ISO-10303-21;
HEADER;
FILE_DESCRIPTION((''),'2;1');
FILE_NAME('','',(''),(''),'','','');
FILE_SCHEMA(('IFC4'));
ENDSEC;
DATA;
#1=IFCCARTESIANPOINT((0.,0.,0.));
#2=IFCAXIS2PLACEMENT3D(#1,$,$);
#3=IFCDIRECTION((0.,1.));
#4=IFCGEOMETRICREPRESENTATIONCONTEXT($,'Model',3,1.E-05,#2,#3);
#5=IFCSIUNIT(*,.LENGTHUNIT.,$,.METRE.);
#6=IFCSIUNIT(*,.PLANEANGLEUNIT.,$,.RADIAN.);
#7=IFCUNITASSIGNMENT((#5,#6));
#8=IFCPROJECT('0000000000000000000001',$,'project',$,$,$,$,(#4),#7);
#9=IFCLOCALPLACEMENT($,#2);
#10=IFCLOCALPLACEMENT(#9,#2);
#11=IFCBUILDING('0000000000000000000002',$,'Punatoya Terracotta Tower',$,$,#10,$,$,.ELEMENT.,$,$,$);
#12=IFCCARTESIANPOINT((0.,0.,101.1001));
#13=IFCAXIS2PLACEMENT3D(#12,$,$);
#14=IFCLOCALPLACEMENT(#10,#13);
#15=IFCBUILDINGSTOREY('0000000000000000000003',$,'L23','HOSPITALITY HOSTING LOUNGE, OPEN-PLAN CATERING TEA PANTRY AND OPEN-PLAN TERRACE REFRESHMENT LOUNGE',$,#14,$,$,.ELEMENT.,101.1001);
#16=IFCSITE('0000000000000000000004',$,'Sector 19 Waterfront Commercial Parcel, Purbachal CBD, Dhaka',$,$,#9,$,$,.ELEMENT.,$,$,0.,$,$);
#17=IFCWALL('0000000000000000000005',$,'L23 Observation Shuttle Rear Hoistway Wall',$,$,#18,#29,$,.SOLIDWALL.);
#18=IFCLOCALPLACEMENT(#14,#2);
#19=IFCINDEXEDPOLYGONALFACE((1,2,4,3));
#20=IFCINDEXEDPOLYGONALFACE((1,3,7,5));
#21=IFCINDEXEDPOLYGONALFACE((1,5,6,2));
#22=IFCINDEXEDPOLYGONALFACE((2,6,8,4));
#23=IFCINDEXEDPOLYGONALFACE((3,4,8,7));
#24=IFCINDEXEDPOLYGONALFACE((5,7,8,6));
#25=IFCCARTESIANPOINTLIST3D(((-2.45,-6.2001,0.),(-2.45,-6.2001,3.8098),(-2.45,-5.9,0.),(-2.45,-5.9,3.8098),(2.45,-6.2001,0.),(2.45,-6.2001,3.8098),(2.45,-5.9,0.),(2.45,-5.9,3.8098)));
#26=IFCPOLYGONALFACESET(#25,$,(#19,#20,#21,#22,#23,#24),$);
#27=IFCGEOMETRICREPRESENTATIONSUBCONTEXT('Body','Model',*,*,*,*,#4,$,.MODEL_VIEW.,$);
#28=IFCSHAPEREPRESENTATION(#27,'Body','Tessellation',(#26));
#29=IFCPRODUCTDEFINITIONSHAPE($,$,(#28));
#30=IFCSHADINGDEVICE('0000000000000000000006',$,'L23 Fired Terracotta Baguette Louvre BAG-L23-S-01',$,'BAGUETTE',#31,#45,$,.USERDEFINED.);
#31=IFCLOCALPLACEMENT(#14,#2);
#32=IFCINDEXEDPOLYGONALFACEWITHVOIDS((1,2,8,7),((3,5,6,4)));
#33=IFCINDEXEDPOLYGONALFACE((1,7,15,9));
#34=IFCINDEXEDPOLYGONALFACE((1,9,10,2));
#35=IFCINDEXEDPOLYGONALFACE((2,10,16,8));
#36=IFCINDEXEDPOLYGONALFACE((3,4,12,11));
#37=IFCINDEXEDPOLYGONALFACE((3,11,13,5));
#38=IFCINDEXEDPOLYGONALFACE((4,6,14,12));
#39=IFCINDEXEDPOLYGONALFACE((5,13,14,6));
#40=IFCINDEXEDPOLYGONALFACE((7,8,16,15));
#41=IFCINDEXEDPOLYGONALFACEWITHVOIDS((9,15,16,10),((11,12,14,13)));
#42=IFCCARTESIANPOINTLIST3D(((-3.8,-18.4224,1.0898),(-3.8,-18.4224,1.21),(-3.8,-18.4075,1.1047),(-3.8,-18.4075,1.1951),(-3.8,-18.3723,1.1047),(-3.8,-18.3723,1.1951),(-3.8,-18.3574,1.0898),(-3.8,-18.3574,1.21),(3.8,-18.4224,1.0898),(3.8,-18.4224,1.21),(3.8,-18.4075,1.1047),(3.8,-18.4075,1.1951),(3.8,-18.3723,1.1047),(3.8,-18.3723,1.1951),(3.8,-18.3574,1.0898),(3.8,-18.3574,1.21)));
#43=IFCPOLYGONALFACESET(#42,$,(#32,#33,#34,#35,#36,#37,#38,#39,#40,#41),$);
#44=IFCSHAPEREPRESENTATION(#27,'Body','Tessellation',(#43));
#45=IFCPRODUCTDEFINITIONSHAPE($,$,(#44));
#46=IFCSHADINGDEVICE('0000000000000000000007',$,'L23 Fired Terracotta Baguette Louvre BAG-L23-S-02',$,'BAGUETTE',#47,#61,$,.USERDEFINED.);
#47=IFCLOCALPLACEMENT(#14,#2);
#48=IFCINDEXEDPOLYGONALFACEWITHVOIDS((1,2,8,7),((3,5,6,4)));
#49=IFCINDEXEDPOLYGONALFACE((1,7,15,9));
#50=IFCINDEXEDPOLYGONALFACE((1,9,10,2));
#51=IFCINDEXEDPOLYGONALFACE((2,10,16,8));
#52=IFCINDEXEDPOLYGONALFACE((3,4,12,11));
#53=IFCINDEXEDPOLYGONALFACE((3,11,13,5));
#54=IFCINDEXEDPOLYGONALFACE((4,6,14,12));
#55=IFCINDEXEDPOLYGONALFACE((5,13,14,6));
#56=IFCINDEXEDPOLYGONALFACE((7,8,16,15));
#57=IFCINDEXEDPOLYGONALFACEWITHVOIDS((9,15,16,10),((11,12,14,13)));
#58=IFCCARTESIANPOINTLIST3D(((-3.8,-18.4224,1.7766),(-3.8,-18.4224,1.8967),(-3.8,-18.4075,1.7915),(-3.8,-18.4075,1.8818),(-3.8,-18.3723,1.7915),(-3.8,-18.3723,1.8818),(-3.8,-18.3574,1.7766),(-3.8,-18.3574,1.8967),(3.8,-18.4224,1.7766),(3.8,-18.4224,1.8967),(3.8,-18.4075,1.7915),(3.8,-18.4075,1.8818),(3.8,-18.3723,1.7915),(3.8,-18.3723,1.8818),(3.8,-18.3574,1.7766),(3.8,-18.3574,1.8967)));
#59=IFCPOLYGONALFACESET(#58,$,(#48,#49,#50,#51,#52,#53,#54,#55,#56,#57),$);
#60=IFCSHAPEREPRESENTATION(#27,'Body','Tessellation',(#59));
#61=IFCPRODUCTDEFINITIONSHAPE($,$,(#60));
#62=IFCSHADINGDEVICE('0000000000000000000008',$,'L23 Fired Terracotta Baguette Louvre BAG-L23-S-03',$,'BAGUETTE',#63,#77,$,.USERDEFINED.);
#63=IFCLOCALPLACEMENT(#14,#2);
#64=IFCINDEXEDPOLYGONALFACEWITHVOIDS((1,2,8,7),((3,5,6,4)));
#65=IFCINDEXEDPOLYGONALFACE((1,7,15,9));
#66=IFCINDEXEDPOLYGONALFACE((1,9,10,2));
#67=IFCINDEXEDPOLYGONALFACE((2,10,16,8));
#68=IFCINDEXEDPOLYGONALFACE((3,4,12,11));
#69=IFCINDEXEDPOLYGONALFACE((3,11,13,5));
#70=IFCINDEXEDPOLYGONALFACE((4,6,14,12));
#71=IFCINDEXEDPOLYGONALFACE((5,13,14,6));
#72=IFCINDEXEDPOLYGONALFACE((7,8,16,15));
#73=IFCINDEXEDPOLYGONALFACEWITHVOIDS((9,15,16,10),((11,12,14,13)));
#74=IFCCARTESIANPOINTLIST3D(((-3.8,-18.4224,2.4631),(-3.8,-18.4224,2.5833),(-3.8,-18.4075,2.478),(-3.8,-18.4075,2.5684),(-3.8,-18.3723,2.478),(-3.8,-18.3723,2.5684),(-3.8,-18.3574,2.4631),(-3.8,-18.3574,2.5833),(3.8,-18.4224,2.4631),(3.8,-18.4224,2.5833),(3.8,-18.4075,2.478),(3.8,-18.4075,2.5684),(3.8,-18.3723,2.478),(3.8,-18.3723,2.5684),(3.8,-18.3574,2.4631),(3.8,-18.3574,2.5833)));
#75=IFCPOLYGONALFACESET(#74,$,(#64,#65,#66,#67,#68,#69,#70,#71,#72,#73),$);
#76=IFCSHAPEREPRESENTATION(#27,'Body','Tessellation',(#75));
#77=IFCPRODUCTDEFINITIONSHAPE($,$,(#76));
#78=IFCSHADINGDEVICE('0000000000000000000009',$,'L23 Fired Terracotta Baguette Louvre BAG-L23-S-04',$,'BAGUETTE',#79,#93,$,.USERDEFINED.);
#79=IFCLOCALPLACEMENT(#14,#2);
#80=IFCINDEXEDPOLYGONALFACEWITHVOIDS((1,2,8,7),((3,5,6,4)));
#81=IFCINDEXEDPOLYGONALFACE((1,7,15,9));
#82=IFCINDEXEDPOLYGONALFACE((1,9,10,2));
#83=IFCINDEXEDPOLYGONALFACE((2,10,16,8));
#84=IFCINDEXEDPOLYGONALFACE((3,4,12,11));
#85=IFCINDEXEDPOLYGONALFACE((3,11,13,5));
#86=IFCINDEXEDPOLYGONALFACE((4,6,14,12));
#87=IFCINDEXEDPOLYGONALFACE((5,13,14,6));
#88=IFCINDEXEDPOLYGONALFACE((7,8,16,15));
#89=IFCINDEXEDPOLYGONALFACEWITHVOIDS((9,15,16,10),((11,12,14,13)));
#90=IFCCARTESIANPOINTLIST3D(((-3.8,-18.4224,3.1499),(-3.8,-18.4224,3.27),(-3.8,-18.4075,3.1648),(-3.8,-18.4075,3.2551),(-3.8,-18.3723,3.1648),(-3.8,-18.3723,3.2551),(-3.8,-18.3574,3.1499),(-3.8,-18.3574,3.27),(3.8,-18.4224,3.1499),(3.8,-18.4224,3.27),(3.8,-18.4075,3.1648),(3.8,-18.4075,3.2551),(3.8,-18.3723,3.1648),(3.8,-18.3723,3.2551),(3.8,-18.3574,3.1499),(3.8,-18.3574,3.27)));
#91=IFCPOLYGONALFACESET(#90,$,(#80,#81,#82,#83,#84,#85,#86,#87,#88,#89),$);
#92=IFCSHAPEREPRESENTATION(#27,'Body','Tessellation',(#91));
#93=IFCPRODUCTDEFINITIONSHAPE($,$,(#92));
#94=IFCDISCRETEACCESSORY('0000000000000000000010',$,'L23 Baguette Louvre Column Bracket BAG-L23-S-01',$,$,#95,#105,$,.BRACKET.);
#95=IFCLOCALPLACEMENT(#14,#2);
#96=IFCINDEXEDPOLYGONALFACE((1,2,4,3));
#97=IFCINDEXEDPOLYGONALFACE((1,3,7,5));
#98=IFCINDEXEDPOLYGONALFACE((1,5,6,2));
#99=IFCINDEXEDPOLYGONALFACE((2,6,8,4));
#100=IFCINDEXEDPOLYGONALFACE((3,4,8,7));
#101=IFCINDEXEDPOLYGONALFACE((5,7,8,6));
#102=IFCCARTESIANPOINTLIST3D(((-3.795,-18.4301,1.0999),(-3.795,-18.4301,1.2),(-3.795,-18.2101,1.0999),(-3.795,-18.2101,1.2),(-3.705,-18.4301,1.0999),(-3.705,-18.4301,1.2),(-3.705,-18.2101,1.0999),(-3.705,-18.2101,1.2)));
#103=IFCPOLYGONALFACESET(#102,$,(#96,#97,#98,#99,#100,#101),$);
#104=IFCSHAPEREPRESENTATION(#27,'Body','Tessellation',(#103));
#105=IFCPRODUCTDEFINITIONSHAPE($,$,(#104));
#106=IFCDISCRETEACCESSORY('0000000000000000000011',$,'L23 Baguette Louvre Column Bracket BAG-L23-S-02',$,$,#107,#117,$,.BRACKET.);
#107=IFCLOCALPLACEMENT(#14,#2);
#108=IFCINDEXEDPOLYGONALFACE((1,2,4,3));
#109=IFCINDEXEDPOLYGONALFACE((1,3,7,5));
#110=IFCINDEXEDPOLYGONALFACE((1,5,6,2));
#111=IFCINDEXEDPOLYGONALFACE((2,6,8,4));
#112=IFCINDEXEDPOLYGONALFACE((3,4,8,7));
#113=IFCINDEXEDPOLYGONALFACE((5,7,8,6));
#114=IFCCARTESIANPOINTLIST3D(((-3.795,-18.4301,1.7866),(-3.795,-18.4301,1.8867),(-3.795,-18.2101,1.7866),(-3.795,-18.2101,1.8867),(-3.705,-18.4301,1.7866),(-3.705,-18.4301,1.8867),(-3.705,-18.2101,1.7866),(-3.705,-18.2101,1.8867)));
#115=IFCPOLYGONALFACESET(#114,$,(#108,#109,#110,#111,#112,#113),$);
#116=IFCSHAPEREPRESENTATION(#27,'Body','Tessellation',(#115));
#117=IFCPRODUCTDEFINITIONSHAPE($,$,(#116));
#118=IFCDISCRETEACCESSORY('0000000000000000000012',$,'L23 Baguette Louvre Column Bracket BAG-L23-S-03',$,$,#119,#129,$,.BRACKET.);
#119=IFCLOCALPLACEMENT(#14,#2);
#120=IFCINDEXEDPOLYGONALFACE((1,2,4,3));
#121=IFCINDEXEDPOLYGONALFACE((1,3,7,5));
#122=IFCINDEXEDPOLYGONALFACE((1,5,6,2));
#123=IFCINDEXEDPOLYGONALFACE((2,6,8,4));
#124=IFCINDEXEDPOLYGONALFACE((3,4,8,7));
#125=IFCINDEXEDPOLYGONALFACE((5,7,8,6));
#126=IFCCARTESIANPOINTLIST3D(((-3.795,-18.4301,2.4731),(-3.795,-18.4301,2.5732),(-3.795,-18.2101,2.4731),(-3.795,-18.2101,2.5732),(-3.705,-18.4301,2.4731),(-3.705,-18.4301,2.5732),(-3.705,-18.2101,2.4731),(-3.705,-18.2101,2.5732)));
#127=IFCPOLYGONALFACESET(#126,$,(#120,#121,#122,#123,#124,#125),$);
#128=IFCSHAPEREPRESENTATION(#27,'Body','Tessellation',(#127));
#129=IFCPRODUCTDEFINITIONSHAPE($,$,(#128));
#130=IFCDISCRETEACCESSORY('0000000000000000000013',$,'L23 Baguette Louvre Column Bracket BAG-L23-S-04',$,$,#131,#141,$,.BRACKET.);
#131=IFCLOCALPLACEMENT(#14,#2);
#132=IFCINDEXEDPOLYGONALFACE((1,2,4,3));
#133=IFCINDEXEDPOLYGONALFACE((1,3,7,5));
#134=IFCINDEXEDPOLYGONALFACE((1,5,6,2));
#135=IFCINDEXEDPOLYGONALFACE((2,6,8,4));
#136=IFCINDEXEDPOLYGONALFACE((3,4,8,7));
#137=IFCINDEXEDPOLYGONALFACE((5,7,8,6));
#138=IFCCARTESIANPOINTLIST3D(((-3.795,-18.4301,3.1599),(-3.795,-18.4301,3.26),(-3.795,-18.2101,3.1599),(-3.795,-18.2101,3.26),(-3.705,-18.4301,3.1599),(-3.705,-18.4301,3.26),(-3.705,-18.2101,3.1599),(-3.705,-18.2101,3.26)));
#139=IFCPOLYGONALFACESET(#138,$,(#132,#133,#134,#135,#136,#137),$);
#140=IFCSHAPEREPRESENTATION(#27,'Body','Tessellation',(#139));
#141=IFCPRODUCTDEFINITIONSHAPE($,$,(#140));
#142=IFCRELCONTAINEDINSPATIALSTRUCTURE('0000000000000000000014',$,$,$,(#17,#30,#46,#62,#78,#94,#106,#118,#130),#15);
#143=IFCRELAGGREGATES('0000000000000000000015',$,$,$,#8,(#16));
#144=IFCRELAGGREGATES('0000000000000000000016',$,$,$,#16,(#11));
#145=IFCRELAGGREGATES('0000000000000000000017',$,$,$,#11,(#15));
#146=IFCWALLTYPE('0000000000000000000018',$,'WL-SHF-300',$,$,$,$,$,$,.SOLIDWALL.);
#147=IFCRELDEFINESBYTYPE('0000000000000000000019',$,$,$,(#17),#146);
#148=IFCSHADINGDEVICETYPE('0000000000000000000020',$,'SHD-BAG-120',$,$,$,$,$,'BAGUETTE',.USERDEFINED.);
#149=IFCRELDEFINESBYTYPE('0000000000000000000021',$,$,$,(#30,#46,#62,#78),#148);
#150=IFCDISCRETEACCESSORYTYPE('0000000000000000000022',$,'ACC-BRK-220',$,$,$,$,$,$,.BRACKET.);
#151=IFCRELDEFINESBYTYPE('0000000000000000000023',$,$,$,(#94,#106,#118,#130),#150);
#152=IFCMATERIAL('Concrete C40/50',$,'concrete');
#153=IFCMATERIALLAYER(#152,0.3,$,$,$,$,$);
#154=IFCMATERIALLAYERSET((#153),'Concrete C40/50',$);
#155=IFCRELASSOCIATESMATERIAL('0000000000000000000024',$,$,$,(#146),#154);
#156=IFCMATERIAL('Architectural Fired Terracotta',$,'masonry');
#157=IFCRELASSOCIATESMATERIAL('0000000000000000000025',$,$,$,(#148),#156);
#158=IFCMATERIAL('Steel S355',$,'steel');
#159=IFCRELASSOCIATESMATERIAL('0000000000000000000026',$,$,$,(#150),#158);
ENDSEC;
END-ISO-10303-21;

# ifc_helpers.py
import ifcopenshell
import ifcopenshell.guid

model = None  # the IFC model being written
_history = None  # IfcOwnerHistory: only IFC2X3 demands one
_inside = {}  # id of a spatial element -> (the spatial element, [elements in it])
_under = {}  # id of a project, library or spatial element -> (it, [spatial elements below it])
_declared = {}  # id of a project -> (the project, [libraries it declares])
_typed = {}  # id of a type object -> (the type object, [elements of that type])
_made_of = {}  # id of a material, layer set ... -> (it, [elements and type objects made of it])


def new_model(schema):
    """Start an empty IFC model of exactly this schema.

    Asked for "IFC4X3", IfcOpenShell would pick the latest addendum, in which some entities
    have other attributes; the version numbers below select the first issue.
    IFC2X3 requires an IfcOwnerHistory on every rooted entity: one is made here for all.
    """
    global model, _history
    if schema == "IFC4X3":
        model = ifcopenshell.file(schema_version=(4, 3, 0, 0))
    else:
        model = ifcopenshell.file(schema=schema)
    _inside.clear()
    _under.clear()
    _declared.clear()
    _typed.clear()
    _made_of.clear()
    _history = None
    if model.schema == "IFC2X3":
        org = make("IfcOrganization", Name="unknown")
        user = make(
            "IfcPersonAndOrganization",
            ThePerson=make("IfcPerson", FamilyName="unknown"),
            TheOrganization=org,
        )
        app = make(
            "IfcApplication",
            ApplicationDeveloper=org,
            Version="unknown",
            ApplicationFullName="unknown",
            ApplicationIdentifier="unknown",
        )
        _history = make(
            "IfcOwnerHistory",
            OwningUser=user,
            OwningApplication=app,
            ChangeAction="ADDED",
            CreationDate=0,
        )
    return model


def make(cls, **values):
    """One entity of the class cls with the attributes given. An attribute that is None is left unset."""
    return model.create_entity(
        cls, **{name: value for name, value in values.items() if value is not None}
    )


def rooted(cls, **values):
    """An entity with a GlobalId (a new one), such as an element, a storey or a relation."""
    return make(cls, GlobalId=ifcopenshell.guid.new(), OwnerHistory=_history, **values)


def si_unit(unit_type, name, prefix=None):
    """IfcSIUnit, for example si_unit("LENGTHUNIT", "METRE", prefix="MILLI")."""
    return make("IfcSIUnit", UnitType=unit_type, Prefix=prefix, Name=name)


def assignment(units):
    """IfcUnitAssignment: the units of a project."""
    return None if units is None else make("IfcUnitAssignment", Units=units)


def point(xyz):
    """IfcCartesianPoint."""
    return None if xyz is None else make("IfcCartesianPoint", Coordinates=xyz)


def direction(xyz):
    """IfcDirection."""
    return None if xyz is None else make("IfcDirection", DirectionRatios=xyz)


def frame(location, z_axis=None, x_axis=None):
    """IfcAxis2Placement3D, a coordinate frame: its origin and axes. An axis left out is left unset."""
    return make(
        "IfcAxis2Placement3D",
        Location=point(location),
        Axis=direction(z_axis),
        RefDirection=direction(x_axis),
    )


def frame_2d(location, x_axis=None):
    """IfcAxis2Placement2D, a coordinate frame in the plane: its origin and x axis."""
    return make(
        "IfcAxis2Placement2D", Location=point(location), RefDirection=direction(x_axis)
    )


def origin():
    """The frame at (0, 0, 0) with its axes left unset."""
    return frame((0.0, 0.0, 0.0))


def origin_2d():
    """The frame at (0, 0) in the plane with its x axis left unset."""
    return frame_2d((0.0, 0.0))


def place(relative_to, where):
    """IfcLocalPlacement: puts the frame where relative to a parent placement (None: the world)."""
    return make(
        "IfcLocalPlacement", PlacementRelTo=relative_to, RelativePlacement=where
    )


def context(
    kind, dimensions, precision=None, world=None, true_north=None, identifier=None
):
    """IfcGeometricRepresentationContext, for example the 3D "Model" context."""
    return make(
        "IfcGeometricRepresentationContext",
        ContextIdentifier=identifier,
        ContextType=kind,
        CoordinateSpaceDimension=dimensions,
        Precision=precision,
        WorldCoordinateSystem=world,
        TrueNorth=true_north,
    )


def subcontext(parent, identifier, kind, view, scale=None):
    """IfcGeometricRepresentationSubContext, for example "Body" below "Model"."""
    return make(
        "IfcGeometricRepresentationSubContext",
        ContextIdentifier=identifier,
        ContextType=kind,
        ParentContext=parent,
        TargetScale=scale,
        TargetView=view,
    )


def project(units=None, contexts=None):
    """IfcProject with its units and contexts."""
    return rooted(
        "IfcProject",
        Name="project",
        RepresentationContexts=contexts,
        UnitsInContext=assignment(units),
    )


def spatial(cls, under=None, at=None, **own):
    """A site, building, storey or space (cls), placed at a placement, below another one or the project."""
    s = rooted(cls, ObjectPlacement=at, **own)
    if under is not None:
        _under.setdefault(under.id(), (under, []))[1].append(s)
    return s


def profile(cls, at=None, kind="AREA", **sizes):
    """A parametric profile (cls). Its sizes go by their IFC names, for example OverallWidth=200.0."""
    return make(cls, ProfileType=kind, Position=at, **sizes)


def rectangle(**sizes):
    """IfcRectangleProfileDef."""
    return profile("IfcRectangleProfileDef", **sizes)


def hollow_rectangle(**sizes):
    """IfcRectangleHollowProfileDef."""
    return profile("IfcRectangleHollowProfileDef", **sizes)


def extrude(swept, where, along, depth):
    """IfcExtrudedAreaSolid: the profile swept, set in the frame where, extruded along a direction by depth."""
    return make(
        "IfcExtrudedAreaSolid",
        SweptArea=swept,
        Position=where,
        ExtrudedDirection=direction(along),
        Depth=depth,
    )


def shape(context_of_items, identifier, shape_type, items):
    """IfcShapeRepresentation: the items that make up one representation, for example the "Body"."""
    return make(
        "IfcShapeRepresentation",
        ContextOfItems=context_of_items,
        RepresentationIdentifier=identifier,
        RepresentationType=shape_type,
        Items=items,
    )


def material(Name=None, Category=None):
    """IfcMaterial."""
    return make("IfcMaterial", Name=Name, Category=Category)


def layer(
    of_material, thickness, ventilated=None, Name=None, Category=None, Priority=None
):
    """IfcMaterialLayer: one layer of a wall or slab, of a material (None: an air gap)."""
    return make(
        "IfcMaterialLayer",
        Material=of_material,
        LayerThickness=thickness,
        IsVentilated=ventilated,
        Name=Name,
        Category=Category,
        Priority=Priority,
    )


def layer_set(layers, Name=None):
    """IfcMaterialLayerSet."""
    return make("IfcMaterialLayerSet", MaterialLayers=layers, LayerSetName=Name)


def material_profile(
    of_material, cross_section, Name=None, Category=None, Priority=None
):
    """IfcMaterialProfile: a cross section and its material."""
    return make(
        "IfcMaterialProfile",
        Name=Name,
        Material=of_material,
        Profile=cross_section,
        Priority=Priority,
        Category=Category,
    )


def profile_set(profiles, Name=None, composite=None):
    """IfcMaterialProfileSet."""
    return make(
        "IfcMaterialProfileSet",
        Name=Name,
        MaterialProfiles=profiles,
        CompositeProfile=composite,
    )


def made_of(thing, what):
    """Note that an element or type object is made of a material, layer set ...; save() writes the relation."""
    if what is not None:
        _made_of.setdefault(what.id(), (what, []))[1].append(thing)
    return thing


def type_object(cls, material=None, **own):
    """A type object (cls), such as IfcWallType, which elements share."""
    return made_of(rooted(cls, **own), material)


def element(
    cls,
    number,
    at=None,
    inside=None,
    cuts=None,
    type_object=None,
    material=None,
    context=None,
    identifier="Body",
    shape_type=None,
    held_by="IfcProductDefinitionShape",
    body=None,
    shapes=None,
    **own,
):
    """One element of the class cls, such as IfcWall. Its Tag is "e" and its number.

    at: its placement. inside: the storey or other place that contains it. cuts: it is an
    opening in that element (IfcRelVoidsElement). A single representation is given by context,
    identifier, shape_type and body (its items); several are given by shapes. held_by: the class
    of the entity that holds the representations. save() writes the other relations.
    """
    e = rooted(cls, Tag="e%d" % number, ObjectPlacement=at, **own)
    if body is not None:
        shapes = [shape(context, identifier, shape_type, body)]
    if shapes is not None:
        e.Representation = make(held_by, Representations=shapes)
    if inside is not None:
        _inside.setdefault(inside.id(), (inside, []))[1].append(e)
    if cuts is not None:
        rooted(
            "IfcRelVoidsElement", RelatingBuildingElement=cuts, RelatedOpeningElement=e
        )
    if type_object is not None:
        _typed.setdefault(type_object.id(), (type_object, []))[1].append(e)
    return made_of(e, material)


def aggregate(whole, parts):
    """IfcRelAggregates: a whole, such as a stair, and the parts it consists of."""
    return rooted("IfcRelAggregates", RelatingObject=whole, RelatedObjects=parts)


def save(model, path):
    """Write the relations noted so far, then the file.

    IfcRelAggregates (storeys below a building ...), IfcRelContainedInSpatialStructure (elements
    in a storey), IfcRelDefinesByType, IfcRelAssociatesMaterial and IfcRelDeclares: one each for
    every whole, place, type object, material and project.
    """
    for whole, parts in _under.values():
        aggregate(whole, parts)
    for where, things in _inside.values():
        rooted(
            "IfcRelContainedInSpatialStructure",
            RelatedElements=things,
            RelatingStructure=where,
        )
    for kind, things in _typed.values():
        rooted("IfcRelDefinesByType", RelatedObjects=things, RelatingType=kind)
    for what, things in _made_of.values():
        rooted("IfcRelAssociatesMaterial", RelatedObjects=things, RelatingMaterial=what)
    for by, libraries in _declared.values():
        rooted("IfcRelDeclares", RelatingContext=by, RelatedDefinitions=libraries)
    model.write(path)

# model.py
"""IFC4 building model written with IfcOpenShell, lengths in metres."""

from ifc_helpers import new_model, si_unit, direction, frame, frame_2d, origin, origin_2d, place, context, subcontext, project, spatial, rectangle, hollow_rectangle, extrude, material, layer, layer_set, material_profile, profile_set, type_object, element, save


model = new_model("IFC4")

# Units and contexts
model_context = context("Model", 3, precision=1e-05, world=origin(), true_north=direction((0.0, 1.0)))
body_context = subcontext(model_context, "Body", "Model", "MODEL_VIEW")
ifc_project = project(units=[si_unit("LENGTHUNIT", "METRE"), si_unit("PLANEANGLEUNIT", "RADIAN")], contexts=[model_context])

# Site, building, storey
site_placement = place(None, origin())
site = spatial("IfcSite", under=ifc_project, at=site_placement, Name="Sector 19 Waterfront Commercial Parcel, Purbachal CBD, Dhaka", CompositionType="ELEMENT", RefElevation=0.0)
building_placement = place(site_placement, origin())
building = spatial("IfcBuilding", under=site, at=building_placement, Name="Punatoya Terracotta Tower", CompositionType="ELEMENT")
storey_placement = place(building_placement, frame((0.0, 0.0, 101.1001)))
storey = spatial("IfcBuildingStorey", under=building, at=storey_placement, Name="L23", Description="HOSPITALITY HOSTING LOUNGE, OPEN-PLAN CATERING TEA PANTRY AND OPEN-PLAN TERRACE REFRESHMENT LOUNGE", CompositionType="ELEMENT", Elevation=101.1001)

# Shared definitions
ifc_material_1 = material(Name="Steel S355", Category="steel")

# Shared definitions
ifc_material_2 = material(Name="Concrete C40/50", Category="concrete")
ifc_layer_1 = layer(ifc_material_2, 0.3)
ifc_layer_set_1 = layer_set([ifc_layer_1], Name="Concrete C40/50")
wall_type_1 = type_object("IfcWallType", Name="WL-SHF-300", PredefinedType="SOLIDWALL", material=ifc_layer_set_1)

# Wall
wall_1_placement = place(storey_placement, frame((-2.45, -6.05, 0.0), z_axis=(0.0, 0.0, 1.0), x_axis=(1.0, 0.0, 0.0)))
element("IfcWall", 1, at=wall_1_placement, inside=storey, type_object=wall_type_1, Name="L23 Observation Shuttle Rear Hoistway Wall", PredefinedType="SOLIDWALL", context=body_context, shape_type="SweptSolid", body=[
    extrude(rectangle(XDim=4.8999, YDim=0.3, at=frame_2d((2.45, 0.0))), origin(), (0.0, 0.0, 1.0), 3.8098),
])

# Shading devices
ifc_material_3 = material(Name="Architectural Fired Terracotta", Category="masonry")
ifc_material_profile_1 = material_profile(ifc_material_3, hollow_rectangle(XDim=0.0649, YDim=0.1201, WallThickness=0.0149, at=origin_2d()))
ifc_profile_set_1 = profile_set([ifc_material_profile_1], Name="Architectural Fired Terracotta")
shading_device_type = type_object("IfcShadingDeviceType", Name="SHD-BAG-120", ElementType="BAGUETTE", PredefinedType="USERDEFINED", material=ifc_profile_set_1)
for number, where, z_axis, x_axis, name in (
    (2, (-3.8, -18.3899, 1.1499), (1.0, 0.0, 0.0), (0.0, 1.0, 0.0), "L23 Fired Terracotta Baguette Louvre BAG-L23-S-01"),
    (3, (-3.8, -18.3899, 1.8367), (1.0, 0.0, 0.0), (0.0, 1.0, 0.0), "L23 Fired Terracotta Baguette Louvre BAG-L23-S-02"),
    (4, (-3.8, -18.3899, 2.5232), (1.0, 0.0, 0.0), (0.0, 1.0, 0.0), "L23 Fired Terracotta Baguette Louvre BAG-L23-S-03"),
    (5, (-3.8, -18.3899, 3.21), (1.0, 0.0, 0.0), (0.0, 1.0, 0.0), "L23 Fired Terracotta Baguette Louvre BAG-L23-S-04"),
):
    element("IfcShadingDevice", number, at=place(storey_placement, frame(where, z_axis=z_axis, x_axis=x_axis)), inside=storey, type_object=shading_device_type, Name=name, ObjectType="BAGUETTE", PredefinedType="USERDEFINED", context=body_context, shape_type="SweptSolid", body=[
        extrude(hollow_rectangle(XDim=0.0649, YDim=0.1201, WallThickness=0.0149, at=origin_2d()), origin(), (0.0, 0.0, 1.0), 7.6001),
    ])

# Discrete accessories
discrete_accessory_type = type_object("IfcDiscreteAccessoryType", Name="ACC-BRK-220", PredefinedType="BRACKET", material=ifc_material_1)
for number, where, z_axis, x_axis, name in (
    (6, (-3.75, -18.3201, 1.0999), (0.0, 0.0, 1.0), (1.0, 0.0, 0.0), "L23 Baguette Louvre Column Bracket BAG-L23-S-01"),
    (7, (-3.75, -18.3201, 1.7866), (0.0, 0.0, 1.0), (1.0, 0.0, 0.0), "L23 Baguette Louvre Column Bracket BAG-L23-S-02"),
    (8, (-3.75, -18.3201, 2.4731), (0.0, 0.0, 1.0), (1.0, 0.0, 0.0), "L23 Baguette Louvre Column Bracket BAG-L23-S-03"),
    (9, (-3.75, -18.3201, 3.1599), (0.0, 0.0, 1.0), (1.0, 0.0, 0.0), "L23 Baguette Louvre Column Bracket BAG-L23-S-04"),
):
    element("IfcDiscreteAccessory", number, at=place(storey_placement, frame(where, z_axis=z_axis, x_axis=x_axis)), inside=storey, type_object=discrete_accessory_type, Name=name, PredefinedType="BRACKET", context=body_context, shape_type="SweptSolid", body=[
        extrude(rectangle(XDim=0.0901, YDim=0.22, at=origin_2d()), origin(), (0.0, 0.0, 1.0), 0.1001),
    ])

save(model, "model.ifc")
